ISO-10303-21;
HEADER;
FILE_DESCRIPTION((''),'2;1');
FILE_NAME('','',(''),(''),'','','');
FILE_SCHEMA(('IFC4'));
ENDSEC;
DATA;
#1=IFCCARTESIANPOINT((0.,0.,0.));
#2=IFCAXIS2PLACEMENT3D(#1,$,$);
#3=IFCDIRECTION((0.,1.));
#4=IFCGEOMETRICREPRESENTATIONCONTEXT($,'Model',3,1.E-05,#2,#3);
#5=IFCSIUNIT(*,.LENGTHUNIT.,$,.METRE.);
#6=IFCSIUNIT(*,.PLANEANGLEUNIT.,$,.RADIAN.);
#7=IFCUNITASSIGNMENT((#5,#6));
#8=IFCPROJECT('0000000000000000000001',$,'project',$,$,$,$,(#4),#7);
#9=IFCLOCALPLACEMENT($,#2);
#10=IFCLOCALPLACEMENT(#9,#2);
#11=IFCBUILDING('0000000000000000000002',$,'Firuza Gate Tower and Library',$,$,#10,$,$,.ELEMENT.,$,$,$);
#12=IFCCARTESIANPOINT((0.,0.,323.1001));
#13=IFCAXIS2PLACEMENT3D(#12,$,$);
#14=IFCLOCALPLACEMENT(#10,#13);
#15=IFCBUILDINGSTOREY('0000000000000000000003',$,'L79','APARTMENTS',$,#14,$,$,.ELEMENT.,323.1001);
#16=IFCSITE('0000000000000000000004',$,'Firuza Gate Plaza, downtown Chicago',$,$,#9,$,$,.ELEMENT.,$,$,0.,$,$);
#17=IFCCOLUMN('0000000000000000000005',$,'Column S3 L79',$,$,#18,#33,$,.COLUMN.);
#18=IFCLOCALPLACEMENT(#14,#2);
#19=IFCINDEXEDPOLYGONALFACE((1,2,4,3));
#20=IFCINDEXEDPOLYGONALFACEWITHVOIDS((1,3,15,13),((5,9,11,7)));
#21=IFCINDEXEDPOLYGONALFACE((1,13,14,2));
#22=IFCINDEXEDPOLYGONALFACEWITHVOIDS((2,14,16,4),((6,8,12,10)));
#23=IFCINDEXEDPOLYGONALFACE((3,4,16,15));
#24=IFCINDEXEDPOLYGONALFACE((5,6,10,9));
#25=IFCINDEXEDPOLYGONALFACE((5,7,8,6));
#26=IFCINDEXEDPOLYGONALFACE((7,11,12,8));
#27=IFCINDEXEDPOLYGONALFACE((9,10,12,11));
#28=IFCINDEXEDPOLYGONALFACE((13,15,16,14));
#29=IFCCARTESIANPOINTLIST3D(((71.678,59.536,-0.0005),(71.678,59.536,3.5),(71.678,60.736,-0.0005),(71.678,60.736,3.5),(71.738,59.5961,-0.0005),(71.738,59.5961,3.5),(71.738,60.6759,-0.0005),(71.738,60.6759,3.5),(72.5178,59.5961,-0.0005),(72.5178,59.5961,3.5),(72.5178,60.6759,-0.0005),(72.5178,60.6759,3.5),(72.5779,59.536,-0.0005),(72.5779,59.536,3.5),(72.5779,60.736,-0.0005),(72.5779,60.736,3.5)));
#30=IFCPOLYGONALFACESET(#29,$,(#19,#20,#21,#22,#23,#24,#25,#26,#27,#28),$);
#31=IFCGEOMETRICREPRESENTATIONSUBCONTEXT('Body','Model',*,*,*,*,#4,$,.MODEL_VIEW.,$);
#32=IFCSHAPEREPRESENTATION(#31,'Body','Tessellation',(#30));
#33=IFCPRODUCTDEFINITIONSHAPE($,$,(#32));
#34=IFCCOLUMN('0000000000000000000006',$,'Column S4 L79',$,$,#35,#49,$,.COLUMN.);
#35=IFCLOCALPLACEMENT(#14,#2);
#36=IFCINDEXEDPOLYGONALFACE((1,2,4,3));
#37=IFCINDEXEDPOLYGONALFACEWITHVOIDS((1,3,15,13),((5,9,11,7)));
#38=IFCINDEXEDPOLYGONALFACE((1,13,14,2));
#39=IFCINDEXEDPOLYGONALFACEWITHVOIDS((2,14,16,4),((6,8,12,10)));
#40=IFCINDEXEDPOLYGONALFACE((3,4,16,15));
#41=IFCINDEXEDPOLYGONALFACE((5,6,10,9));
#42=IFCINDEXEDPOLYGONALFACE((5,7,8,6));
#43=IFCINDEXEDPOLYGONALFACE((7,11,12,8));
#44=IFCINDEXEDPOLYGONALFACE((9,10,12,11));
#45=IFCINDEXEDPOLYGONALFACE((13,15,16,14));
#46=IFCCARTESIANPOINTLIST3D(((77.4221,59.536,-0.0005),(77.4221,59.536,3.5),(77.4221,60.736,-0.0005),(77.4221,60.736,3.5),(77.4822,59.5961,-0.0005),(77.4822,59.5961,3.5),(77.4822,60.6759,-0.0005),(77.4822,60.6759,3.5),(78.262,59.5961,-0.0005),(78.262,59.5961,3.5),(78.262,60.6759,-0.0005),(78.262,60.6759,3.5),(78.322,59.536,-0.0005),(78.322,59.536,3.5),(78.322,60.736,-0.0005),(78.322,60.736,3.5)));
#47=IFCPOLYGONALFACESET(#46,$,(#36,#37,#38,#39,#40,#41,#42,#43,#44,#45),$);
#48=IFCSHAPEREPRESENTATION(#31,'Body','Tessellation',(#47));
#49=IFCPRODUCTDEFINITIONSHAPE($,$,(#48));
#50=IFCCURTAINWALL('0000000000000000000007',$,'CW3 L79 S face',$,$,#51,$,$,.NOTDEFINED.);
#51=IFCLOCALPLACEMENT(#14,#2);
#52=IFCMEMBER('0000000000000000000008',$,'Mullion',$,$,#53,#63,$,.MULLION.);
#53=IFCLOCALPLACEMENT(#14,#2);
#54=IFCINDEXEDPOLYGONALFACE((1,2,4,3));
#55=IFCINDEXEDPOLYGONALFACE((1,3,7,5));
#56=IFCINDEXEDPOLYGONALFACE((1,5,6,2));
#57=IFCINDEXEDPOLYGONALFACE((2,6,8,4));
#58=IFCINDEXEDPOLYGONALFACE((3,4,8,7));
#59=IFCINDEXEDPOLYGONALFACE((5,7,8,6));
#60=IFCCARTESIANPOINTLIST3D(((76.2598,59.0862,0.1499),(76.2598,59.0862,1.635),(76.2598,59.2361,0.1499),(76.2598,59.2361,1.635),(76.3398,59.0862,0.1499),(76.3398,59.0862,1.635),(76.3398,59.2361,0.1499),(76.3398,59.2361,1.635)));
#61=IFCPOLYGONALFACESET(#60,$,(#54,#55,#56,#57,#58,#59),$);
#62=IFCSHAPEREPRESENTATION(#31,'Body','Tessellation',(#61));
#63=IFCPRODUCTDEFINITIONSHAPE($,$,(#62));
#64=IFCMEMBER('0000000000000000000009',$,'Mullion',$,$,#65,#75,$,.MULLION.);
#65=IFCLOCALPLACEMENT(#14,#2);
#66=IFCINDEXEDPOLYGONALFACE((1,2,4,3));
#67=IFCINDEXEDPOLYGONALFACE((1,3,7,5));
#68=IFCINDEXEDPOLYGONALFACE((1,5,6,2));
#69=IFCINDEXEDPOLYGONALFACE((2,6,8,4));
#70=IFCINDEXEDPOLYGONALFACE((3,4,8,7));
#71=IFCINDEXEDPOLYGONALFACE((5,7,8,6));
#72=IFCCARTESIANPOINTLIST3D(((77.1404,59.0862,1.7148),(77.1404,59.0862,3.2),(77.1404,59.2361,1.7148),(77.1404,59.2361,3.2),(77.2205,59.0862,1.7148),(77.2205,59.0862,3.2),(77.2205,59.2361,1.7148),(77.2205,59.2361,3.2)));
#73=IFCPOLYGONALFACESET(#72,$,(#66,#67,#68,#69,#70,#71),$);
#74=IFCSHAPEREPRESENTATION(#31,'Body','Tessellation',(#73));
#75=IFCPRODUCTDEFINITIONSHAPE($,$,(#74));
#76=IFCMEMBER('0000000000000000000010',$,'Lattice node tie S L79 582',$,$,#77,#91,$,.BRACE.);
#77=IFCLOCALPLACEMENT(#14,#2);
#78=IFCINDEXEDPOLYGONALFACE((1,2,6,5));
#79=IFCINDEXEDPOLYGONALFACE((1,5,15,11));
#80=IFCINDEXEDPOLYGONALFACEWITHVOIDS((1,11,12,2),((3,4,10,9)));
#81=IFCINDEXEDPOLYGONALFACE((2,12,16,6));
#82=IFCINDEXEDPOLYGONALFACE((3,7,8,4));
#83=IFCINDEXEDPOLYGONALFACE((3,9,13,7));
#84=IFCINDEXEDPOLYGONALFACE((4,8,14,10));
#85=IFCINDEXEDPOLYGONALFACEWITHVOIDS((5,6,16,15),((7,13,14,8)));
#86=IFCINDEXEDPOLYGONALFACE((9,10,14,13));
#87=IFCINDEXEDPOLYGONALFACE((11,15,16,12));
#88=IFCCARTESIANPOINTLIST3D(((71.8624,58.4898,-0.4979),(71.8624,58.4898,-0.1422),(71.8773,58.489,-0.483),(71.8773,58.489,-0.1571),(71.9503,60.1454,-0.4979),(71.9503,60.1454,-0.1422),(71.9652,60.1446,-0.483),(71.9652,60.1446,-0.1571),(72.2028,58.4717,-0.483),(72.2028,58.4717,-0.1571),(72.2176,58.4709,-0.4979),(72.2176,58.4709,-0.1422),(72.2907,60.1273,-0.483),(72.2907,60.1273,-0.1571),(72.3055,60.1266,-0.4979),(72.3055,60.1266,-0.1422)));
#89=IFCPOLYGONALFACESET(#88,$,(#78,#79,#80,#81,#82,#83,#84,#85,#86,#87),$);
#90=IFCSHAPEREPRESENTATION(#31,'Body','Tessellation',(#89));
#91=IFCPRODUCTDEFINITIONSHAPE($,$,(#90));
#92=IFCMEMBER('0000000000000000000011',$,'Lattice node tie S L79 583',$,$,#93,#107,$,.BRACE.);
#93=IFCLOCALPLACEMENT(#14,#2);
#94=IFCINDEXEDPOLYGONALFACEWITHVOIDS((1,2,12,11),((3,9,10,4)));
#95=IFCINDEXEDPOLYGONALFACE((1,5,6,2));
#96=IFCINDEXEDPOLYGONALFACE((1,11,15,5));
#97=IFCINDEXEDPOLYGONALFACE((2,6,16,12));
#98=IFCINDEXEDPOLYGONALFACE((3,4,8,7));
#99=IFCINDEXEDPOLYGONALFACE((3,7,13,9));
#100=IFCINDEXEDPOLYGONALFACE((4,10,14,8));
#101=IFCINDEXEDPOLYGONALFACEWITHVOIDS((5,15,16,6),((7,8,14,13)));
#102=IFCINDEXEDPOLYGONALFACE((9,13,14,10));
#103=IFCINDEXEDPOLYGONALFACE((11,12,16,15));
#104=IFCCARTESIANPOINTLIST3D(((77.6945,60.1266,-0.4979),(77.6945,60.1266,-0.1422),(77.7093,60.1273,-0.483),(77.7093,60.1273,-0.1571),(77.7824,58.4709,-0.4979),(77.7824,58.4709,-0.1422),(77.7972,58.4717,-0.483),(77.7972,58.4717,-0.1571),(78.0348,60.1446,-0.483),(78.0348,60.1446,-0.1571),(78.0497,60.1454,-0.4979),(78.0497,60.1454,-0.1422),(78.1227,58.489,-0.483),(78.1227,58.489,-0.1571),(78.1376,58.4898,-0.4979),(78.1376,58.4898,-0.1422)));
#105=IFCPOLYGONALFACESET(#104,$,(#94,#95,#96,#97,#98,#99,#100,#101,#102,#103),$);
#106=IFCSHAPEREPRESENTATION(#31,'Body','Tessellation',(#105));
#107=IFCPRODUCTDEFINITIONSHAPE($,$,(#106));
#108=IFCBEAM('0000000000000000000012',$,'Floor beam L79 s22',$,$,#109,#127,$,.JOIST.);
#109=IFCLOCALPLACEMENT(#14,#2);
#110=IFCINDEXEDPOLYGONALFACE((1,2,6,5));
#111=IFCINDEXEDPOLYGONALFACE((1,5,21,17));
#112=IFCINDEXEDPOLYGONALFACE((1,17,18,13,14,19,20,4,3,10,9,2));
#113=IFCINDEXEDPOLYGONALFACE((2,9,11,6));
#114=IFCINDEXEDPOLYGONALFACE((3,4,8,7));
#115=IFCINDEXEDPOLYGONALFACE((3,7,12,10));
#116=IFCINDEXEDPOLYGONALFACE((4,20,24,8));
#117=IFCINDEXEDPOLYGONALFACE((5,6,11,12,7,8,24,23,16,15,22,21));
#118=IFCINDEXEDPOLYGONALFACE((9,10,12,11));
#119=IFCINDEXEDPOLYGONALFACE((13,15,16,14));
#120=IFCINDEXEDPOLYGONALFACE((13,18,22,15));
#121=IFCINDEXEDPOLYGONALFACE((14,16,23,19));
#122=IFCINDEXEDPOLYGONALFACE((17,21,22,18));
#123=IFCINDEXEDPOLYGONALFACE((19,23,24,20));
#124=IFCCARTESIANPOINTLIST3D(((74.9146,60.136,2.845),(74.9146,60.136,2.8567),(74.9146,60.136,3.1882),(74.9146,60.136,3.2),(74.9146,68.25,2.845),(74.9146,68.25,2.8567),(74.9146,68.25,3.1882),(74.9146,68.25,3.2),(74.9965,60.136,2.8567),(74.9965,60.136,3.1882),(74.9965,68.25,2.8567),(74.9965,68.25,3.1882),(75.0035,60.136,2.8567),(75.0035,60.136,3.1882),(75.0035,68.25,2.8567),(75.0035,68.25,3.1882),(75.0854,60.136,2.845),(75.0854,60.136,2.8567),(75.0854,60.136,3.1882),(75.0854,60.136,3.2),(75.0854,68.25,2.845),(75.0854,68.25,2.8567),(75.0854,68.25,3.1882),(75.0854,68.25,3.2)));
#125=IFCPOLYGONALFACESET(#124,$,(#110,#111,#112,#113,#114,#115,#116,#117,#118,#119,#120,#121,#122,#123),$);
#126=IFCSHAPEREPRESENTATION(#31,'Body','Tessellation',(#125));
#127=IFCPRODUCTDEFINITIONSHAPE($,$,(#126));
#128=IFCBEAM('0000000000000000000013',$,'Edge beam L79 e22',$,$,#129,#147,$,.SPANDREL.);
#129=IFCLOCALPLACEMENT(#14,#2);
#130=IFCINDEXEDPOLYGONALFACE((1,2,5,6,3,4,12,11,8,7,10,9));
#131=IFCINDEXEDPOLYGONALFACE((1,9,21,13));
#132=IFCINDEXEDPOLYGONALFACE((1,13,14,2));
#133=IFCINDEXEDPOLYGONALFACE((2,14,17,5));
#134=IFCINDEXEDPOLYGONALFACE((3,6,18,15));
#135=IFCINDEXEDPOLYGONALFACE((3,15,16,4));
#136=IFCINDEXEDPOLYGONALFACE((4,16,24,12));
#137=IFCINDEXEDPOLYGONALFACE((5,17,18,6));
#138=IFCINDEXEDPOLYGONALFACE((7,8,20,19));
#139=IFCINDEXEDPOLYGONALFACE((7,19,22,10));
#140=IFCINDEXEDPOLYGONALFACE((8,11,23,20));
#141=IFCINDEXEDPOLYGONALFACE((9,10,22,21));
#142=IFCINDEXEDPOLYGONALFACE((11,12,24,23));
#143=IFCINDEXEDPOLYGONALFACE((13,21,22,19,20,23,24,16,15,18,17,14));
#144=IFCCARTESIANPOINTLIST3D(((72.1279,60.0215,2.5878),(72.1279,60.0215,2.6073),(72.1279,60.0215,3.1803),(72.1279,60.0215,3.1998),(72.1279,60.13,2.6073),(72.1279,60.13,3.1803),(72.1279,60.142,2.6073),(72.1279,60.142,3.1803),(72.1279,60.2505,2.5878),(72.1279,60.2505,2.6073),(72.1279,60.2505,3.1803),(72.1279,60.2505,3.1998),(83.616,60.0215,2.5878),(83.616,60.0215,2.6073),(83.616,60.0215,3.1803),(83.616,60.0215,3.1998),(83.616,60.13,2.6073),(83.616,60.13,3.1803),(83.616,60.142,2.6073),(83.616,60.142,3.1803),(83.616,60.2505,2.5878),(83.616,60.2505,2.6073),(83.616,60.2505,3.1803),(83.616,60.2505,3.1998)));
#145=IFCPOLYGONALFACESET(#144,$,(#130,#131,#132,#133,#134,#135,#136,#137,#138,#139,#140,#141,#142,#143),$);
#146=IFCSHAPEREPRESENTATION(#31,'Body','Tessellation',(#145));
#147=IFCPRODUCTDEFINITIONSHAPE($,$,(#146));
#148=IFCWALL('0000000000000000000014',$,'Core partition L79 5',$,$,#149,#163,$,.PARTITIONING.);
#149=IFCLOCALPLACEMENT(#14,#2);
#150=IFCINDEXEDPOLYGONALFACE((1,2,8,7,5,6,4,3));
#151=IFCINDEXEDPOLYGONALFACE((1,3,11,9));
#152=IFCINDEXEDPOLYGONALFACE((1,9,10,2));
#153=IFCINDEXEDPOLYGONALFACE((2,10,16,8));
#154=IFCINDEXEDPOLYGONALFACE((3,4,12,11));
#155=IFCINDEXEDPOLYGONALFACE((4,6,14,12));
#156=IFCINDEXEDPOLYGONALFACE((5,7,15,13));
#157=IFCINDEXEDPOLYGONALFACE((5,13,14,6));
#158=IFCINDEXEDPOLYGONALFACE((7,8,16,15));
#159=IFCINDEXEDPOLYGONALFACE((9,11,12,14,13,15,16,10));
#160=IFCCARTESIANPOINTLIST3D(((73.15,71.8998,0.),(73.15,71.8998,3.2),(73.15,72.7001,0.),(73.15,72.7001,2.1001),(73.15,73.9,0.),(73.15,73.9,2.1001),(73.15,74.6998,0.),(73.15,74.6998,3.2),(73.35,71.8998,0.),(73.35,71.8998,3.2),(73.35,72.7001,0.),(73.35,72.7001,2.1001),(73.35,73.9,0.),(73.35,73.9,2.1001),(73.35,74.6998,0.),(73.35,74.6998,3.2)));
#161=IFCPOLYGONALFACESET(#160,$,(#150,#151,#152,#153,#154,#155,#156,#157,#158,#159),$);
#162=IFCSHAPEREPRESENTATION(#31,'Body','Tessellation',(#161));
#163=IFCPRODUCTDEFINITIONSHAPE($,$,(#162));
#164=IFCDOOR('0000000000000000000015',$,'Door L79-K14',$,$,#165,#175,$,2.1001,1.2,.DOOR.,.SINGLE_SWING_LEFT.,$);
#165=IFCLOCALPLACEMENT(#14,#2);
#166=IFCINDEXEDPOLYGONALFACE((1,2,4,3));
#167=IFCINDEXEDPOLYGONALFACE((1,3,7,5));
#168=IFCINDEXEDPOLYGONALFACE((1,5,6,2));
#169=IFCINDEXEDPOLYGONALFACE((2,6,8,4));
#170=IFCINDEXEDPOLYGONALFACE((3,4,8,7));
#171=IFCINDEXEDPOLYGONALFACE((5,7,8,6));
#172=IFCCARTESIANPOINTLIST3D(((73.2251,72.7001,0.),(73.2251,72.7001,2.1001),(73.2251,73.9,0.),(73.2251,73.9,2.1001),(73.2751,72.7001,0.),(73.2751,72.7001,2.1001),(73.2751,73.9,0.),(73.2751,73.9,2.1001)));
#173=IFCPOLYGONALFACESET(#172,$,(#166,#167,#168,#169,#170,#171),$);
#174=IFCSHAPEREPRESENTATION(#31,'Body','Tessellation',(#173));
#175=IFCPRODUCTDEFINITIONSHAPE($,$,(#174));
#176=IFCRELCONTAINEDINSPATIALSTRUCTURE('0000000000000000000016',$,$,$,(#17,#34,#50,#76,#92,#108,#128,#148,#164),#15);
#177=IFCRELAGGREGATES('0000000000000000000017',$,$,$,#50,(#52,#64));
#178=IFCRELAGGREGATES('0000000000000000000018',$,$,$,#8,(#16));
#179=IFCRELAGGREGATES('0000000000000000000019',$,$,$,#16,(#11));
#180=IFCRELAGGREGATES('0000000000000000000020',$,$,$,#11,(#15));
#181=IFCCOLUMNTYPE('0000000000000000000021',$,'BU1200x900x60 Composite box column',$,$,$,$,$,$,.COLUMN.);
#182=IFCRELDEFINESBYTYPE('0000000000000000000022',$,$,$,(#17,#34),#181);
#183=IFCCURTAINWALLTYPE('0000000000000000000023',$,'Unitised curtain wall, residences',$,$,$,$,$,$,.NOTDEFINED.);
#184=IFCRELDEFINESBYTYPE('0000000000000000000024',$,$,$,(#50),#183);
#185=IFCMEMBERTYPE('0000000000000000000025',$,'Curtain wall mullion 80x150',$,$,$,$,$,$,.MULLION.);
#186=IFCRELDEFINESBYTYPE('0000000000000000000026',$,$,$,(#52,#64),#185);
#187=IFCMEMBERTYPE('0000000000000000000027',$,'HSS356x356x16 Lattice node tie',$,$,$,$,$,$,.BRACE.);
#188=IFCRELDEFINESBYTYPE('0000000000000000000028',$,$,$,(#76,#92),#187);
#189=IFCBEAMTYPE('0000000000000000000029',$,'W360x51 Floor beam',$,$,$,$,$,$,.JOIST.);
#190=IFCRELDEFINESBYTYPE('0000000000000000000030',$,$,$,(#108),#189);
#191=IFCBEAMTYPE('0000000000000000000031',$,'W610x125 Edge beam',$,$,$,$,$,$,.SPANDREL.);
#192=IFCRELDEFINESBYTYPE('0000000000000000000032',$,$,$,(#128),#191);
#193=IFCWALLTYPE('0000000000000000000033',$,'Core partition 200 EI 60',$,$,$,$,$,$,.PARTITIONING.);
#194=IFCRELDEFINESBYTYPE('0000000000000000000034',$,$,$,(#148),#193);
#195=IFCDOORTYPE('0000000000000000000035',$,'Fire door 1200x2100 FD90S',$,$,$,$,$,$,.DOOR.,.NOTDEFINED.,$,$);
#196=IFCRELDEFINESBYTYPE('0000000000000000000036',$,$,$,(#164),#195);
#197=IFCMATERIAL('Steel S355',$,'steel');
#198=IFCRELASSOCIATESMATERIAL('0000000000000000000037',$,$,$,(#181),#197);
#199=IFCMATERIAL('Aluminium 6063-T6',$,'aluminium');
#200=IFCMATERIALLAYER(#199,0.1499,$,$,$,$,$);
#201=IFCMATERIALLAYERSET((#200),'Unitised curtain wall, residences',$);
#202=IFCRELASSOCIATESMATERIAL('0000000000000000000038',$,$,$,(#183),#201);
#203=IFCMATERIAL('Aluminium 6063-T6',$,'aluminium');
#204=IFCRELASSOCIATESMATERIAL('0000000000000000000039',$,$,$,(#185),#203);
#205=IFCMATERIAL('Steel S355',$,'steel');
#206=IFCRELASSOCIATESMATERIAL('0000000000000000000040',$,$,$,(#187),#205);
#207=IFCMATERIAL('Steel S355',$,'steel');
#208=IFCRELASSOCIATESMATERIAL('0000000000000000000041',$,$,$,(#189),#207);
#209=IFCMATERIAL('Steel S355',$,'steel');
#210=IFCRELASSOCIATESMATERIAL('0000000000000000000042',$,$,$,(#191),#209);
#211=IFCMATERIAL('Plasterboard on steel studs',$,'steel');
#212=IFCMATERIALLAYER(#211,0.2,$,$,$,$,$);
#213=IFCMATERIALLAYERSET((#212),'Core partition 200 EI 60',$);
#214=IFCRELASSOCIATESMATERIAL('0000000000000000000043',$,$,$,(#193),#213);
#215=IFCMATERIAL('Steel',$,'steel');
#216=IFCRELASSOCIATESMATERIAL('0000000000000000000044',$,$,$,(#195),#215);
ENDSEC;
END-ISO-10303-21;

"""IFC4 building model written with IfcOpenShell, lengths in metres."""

from ifc_helpers import new_model, si_unit, direction, frame, frame_2d, origin, origin_2d, place, context, subcontext, project, spatial, rectangle, hollow_rectangle, i_section, extrude, material, layer, layer_set, material_profile, profile_set, type_object, element, fill, aggregate, save


model = new_model("IFC4")

# Units and contexts
model_context = context("Model", 3, precision=1e-05, world=origin(), true_north=direction((0.0, 1.0)))
body_context = subcontext(model_context, "Body", "Model", "MODEL_VIEW")
ifc_project = project(units=[si_unit("LENGTHUNIT", "METRE"), si_unit("PLANEANGLEUNIT", "RADIAN")], contexts=[model_context])

# Site, building, storey
site_placement = place(None, origin())
site = spatial("IfcSite", under=ifc_project, at=site_placement, Name="Firuza Gate Plaza, downtown Chicago", CompositionType="ELEMENT", RefElevation=0.0)
building_placement = place(site_placement, origin())
building = spatial("IfcBuilding", under=site, at=building_placement, Name="Firuza Gate Tower and Library", CompositionType="ELEMENT")
storey_placement = place(building_placement, frame((0.0, 0.0, 323.1001)))
storey = spatial("IfcBuildingStorey", under=building, at=storey_placement, Name="L79", Description="APARTMENTS", CompositionType="ELEMENT", Elevation=323.1001)

# Columns
ifc_material_1 = material(Name="Steel S355", Category="steel")
ifc_material_profile_1 = material_profile(ifc_material_1, hollow_rectangle(XDim=0.8999, YDim=1.2, WallThickness=0.0601, at=origin_2d()))
ifc_profile_set_1 = profile_set([ifc_material_profile_1], Name="Steel S355")
column_type = type_object("IfcColumnType", Name="BU1200x900x60 Composite box column", PredefinedType="COLUMN", material=ifc_profile_set_1)
for number, where, z_axis, x_axis, name in (
    (1, (72.1279, 60.136, -0.0005), (0.0, 0.0, 1.0), (1.0, 0.0, 0.0), "Column S3 L79"),
    (2, (77.8721, 60.136, -0.0005), (0.0, 0.0, 1.0), (1.0, 0.0, 0.0), "Column S4 L79"),
):
    element("IfcColumn", number, at=place(storey_placement, frame(where, z_axis=z_axis, x_axis=x_axis)), inside=storey, type_object=column_type, Name=name, PredefinedType="COLUMN", context=body_context, shape_type="SweptSolid", body=[
        extrude(hollow_rectangle(XDim=0.8999, YDim=1.2, WallThickness=0.0601, at=origin_2d()), origin(), (0.0, 0.0, 1.0), 3.5005),
    ])

# Curtain wall, members
ifc_material_2 = material(Name="Aluminium 6063-T6", Category="aluminium")
ifc_layer_1 = layer(ifc_material_2, 0.1499)
ifc_layer_set_1 = layer_set([ifc_layer_1], Name="Unitised curtain wall, residences")
curtain_wall_type = type_object("IfcCurtainWallType", Name="Unitised curtain wall, residences", PredefinedType="NOTDEFINED", material=ifc_layer_set_1)
curtain_wall_placement = place(storey_placement, origin())
curtain_wall = element("IfcCurtainWall", 3, at=curtain_wall_placement, inside=storey, type_object=curtain_wall_type, Name="CW3 L79 S face", PredefinedType="NOTDEFINED")
ifc_material_3 = material(Name="Aluminium 6063-T6", Category="aluminium")
ifc_material_profile_2 = material_profile(ifc_material_3, rectangle(XDim=0.1499, YDim=0.0801, at=origin_2d()))
ifc_profile_set_2 = profile_set([ifc_material_profile_2], Name="Aluminium 6063-T6")
member_type_1 = type_object("IfcMemberType", Name="Curtain wall mullion 80x150", PredefinedType="MULLION", material=ifc_profile_set_2)
member_1_placement = place(storey_placement, frame((76.2998, 59.1611, 0.1499), z_axis=(0.0, 0.0, 1.0), x_axis=(0.0, 1.0, 0.0)))
member_1 = element("IfcMember", 4, at=member_1_placement, type_object=member_type_1, Name="Mullion", PredefinedType="MULLION", context=body_context, shape_type="SweptSolid", body=[
    extrude(rectangle(XDim=0.1499, YDim=0.0801, at=origin_2d()), origin(), (0.0, 0.0, 1.0), 1.4851),
])
member_2_placement = place(storey_placement, frame((77.1804, 59.1611, 1.7148), z_axis=(0.0, 0.0, 1.0), x_axis=(0.0, 1.0, 0.0)))
member_2 = element("IfcMember", 5, at=member_2_placement, type_object=member_type_1, Name="Mullion", PredefinedType="MULLION", context=body_context, shape_type="SweptSolid", body=[
    extrude(rectangle(XDim=0.1499, YDim=0.0801, at=origin_2d()), origin(), (0.0, 0.0, 1.0), 1.4851),
])
aggregate(curtain_wall, [member_1, member_2])

# Members
ifc_material_4 = material(Name="Steel S355", Category="steel")
ifc_material_profile_3 = material_profile(ifc_material_4, hollow_rectangle(XDim=0.3557, YDim=0.3557, WallThickness=0.0149, at=origin_2d()))
ifc_profile_set_3 = profile_set([ifc_material_profile_3], Name="Steel S355")
member_type_2 = type_object("IfcMemberType", Name="HSS356x356x16 Lattice node tie", PredefinedType="BRACE", material=ifc_profile_set_3)
for number, where, z_axis, x_axis, name in (
    (6, (72.1279, 60.136, -0.3201), (-0.053015, -0.998594, 0.0), (0.998594, -0.053015, 0.0), "Lattice node tie S L79 582"),
    (7, (77.8721, 60.136, -0.3201), (0.053015, -0.998594, 0.0), (0.998594, 0.053015, 0.0), "Lattice node tie S L79 583"),
):
    element("IfcMember", number, at=place(storey_placement, frame(where, z_axis=z_axis, x_axis=x_axis)), inside=storey, type_object=member_type_2, Name=name, PredefinedType="BRACE", context=body_context, shape_type="SweptSolid", body=[
        extrude(hollow_rectangle(XDim=0.3557, YDim=0.3557, WallThickness=0.0149, at=origin_2d()), origin(), (0.0, 0.0, 1.0), 1.658),
    ])

# Beams
ifc_material_5 = material(Name="Steel S355", Category="steel")
ifc_material_profile_4 = material_profile(ifc_material_5, i_section(OverallWidth=0.1709, OverallDepth=0.355, WebThickness=0.0071, FlangeThickness=0.0117, at=origin_2d()))
ifc_profile_set_4 = profile_set([ifc_material_profile_4], Name="Steel S355")
beam_type_1 = type_object("IfcBeamType", Name="W360x51 Floor beam", PredefinedType="JOIST", material=ifc_profile_set_4)
beam_1_placement = place(storey_placement, frame((75.0, 60.136, 3.0225), z_axis=(0.0, 1.0, 0.0), x_axis=(-1.0, 0.0, 0.0)))
element("IfcBeam", 8, at=beam_1_placement, inside=storey, type_object=beam_type_1, Name="Floor beam L79 s22", PredefinedType="JOIST", context=body_context, shape_type="SweptSolid", body=[
    extrude(i_section(OverallWidth=0.1709, OverallDepth=0.355, WebThickness=0.0071, FlangeThickness=0.0117, at=origin_2d()), origin(), (0.0, 0.0, 1.0), 8.114),
])
ifc_material_6 = material(Name="Steel S355", Category="steel")
ifc_material_profile_5 = material_profile(ifc_material_6, i_section(OverallWidth=0.229, OverallDepth=0.6121, WebThickness=0.012, FlangeThickness=0.0195, at=origin_2d()))
ifc_profile_set_5 = profile_set([ifc_material_profile_5], Name="Steel S355")
beam_type_2 = type_object("IfcBeamType", Name="W610x125 Edge beam", PredefinedType="SPANDREL", material=ifc_profile_set_5)
beam_2_placement = place(storey_placement, frame((72.1279, 60.136, 2.8938), z_axis=(1.0, 0.0, 0.0), x_axis=(0.0, 1.0, 0.0)))
element("IfcBeam", 9, at=beam_2_placement, inside=storey, type_object=beam_type_2, Name="Edge beam L79 e22", PredefinedType="SPANDREL", context=body_context, shape_type="SweptSolid", body=[
    extrude(i_section(OverallWidth=0.229, OverallDepth=0.6121, WebThickness=0.012, FlangeThickness=0.0195, at=origin_2d()), origin(), (0.0, 0.0, 1.0), 11.488),
])

# Wall, opening, door
ifc_material_7 = material(Name="Plasterboard on steel studs", Category="steel")
ifc_layer_2 = layer(ifc_material_7, 0.2)
ifc_layer_set_2 = layer_set([ifc_layer_2], Name="Core partition 200 EI 60")
wall_type_1 = type_object("IfcWallType", Name="Core partition 200 EI 60", PredefinedType="PARTITIONING", material=ifc_layer_set_2)
wall_1_placement = place(storey_placement, frame((73.25, 71.8999, 0.0), z_axis=(0.0, 0.0, 1.0), x_axis=(0.0, 1.0, 0.0)))
wall_1 = element("IfcWall", 10, at=wall_1_placement, inside=storey, type_object=wall_type_1, Name="Core partition L79 5", PredefinedType="PARTITIONING", context=body_context, shape_type="SweptSolid", body=[
    extrude(rectangle(XDim=2.8, YDim=0.2, at=frame_2d((1.3999, 0.0))), origin(), (0.0, 0.0, 1.0), 3.2),
])
opening_1_placement = place(wall_1_placement, frame((0.8, 0.0, 0.0)))
opening_1 = element("IfcOpeningElement", 11, at=opening_1_placement, cuts=wall_1, PredefinedType="OPENING", context=body_context, shape_type="SweptSolid", body=[
    extrude(rectangle(XDim=1.2, YDim=2.1001, at=frame_2d((0.6001, 1.05))), frame((0.0, 0.1099, 0.0), z_axis=(0.0, -1.0, 0.0), x_axis=(1.0, 0.0, 0.0)), (0.0, 0.0, 1.0), 0.22),
])
ifc_material_8 = material(Name="Steel", Category="steel")
door_type_1 = type_object("IfcDoorType", Name="Fire door 1200x2100 FD90S", OperationType="NOTDEFINED", PredefinedType="DOOR", material=ifc_material_8)
door_1_placement = place(opening_1_placement, origin())
door_1 = element("IfcDoor", 12, at=door_1_placement, inside=storey, type_object=door_type_1, Name="Door L79-K14", OperationType="SINGLE_SWING_LEFT", OverallHeight=2.1001, OverallWidth=1.2, PredefinedType="DOOR", context=body_context, shape_type="SweptSolid", body=[
    extrude(rectangle(XDim=1.2, YDim=2.1001, at=frame_2d((0.6001, 1.05))), frame((0.0, 0.0249, 0.0), z_axis=(0.0, -1.0, 0.0), x_axis=(1.0, 0.0, 0.0)), (0.0, 0.0, 1.0), 0.05),
])
fill(opening_1, door_1)

save(model, "model.ifc")
